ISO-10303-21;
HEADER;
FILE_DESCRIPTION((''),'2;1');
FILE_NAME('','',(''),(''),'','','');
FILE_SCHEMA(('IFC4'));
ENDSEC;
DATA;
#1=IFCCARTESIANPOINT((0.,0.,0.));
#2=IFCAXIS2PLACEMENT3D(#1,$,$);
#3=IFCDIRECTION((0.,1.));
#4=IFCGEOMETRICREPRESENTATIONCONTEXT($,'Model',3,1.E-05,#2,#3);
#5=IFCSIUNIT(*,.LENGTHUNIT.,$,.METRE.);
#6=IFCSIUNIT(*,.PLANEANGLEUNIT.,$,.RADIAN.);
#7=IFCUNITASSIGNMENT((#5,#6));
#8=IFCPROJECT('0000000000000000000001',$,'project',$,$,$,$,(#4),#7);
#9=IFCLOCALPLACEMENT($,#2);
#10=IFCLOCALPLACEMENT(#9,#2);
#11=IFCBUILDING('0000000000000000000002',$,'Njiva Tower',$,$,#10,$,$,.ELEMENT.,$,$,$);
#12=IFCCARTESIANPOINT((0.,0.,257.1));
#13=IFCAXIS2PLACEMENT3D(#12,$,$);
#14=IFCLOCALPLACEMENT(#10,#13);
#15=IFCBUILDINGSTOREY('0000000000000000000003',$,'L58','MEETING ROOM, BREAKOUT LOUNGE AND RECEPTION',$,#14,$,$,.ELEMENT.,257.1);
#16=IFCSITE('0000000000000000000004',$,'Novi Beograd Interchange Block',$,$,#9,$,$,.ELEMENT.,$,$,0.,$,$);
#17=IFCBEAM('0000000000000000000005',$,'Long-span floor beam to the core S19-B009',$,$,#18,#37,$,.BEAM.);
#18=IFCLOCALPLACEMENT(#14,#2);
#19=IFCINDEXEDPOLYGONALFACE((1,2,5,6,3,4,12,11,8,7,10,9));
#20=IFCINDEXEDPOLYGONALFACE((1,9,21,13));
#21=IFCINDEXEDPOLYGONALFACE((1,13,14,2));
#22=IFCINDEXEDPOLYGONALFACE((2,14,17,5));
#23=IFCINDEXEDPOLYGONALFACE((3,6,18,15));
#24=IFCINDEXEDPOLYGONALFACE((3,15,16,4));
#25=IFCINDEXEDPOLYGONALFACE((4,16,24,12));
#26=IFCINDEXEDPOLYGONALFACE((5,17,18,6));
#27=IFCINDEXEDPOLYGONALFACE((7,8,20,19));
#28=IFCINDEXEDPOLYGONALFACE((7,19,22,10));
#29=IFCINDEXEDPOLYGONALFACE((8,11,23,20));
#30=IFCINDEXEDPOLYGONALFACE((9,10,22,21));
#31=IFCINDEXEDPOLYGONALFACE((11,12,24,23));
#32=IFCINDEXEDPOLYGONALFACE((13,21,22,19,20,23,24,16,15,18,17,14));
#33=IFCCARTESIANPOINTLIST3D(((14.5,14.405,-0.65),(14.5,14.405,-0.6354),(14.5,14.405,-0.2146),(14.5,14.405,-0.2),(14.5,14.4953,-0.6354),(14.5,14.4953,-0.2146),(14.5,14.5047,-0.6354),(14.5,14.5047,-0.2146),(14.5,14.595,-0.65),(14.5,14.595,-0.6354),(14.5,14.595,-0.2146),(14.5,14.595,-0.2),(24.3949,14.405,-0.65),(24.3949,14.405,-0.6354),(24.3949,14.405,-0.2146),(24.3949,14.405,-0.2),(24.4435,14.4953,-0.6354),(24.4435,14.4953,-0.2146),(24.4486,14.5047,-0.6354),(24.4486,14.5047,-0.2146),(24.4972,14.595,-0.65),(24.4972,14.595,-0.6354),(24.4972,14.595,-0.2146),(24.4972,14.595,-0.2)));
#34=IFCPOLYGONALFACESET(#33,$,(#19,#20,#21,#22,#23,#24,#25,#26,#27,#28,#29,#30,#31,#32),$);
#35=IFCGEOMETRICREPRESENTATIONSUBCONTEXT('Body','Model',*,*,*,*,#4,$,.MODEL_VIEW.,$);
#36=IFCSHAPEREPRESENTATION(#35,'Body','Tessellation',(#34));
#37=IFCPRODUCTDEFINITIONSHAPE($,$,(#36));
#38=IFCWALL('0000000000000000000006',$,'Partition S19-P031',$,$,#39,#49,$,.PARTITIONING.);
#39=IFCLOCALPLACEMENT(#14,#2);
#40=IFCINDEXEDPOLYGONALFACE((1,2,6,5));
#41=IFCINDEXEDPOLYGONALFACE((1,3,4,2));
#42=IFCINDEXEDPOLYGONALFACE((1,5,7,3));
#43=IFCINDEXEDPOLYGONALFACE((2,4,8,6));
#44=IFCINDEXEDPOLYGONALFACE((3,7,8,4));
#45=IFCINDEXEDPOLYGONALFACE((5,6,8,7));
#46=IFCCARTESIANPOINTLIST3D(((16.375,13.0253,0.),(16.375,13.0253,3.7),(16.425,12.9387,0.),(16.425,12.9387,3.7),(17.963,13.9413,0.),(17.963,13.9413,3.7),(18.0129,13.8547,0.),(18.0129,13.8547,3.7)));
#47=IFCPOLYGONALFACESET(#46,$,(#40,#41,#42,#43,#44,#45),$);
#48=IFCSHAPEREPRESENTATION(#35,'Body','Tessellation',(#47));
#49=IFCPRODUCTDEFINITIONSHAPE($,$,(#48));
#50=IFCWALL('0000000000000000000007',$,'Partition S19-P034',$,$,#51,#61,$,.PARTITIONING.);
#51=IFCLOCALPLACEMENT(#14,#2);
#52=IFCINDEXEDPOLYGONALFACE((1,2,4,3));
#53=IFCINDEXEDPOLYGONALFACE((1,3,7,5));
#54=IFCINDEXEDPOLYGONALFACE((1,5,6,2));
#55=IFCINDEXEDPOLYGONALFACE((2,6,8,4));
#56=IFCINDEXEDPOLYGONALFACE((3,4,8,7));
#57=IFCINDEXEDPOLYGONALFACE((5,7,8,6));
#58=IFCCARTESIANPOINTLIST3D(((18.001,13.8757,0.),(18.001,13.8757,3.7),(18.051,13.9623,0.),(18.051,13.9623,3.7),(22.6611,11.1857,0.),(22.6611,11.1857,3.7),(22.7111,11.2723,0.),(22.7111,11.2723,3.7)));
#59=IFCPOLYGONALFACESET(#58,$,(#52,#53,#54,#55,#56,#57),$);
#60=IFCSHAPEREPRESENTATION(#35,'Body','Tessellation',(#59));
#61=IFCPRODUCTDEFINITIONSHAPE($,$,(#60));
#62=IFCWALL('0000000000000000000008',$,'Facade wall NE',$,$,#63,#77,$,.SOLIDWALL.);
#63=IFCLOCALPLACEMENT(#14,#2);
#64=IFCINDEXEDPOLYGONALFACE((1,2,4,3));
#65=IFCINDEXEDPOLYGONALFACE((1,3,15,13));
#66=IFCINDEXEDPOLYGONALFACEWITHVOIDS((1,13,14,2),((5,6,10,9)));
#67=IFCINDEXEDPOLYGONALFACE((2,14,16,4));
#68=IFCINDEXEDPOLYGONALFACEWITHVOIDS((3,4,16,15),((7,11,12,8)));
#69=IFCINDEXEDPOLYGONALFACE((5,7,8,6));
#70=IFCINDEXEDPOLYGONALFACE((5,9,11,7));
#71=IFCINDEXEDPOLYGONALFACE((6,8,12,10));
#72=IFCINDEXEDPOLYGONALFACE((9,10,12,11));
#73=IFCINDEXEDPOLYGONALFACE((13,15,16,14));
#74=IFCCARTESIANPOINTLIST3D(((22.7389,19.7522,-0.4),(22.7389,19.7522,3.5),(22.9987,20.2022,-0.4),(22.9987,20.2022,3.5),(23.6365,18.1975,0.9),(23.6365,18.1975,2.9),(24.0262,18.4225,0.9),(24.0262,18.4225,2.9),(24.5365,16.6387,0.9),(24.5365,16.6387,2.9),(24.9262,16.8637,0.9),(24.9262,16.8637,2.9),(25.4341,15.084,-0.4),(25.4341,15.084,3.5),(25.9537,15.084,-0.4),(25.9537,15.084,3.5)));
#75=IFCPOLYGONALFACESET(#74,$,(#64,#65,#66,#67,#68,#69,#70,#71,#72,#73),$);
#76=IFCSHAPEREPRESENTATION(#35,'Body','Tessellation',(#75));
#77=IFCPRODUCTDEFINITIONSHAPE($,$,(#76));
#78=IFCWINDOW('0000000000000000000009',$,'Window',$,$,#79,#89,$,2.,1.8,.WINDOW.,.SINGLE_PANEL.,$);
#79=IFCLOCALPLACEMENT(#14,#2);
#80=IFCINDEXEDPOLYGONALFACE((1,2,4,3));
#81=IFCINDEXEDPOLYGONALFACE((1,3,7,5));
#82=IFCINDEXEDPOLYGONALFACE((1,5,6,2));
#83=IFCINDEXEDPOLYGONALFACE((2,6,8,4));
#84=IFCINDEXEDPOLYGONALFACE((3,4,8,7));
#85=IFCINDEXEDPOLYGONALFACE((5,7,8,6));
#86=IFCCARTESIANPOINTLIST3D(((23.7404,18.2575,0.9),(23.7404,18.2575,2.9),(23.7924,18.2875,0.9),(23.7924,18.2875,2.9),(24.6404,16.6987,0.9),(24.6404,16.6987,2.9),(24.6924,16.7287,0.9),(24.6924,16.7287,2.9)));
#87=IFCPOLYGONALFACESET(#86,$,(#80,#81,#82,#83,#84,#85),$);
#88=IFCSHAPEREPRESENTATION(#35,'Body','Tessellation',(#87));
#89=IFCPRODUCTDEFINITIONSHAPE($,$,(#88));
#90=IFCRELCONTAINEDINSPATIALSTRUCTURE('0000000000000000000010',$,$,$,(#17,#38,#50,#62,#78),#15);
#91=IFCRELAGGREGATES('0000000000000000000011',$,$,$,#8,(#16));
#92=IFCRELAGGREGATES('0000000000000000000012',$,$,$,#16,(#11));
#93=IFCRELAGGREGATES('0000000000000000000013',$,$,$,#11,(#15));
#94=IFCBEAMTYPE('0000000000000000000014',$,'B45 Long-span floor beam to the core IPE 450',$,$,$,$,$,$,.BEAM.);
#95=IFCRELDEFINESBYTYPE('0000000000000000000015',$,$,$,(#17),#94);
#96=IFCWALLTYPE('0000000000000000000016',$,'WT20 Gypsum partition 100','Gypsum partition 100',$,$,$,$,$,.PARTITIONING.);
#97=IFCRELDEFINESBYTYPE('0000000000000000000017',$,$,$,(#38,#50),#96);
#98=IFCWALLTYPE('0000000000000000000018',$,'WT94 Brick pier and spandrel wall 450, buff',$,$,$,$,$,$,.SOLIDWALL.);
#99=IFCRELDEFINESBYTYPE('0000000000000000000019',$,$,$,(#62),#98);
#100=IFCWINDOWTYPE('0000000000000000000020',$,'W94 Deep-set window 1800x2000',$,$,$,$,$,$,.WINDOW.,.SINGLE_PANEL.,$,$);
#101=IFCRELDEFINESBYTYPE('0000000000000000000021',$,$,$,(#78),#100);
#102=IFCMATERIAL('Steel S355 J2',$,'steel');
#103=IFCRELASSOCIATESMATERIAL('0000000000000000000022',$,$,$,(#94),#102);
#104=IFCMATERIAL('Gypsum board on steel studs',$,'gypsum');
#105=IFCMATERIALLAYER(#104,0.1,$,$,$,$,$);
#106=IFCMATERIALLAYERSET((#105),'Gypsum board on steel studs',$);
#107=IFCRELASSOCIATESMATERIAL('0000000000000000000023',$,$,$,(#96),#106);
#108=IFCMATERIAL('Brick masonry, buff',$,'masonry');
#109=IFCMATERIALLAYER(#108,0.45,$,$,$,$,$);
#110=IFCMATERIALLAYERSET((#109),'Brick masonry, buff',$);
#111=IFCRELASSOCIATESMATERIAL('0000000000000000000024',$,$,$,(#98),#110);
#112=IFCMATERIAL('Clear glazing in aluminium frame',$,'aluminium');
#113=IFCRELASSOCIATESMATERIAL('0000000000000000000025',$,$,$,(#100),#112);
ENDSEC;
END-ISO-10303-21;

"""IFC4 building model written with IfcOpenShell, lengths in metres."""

from ifc_helpers import new_model, si_unit, direction, frame, frame_2d, origin, origin_2d, place, context, subcontext, project, spatial, polyline, rectangle, i_section, outline, extrude, clip, halfspace, material, layer, layer_set, material_profile, profile_set, type_object, element, fill, save


model = new_model("IFC4")

# Units and contexts
model_context = context("Model", 3, precision=1e-05, world=origin(), true_north=direction((0.0, 1.0)))
body_context = subcontext(model_context, "Body", "Model", "MODEL_VIEW")
ifc_project = project(units=[si_unit("LENGTHUNIT", "METRE"), si_unit("PLANEANGLEUNIT", "RADIAN")], contexts=[model_context])

# Site, building, storey
site_placement = place(None, origin())
site = spatial("IfcSite", under=ifc_project, at=site_placement, Name="Novi Beograd Interchange Block", CompositionType="ELEMENT", RefElevation=0.0)
building_placement = place(site_placement, origin())
building = spatial("IfcBuilding", under=site, at=building_placement, Name="Njiva Tower", CompositionType="ELEMENT")
storey_placement = place(building_placement, frame((0.0, 0.0, 257.1)))
storey = spatial("IfcBuildingStorey", under=building, at=storey_placement, Name="L58", Description="MEETING ROOM, BREAKOUT LOUNGE AND RECEPTION", CompositionType="ELEMENT", Elevation=257.1)

# Shared definitions
ifc_material_1 = material(Name="Steel S355 J2", Category="steel")

# Beam
ifc_material_profile_1 = material_profile(ifc_material_1, i_section(OverallWidth=0.19, OverallDepth=0.45, WebThickness=0.0094, FlangeThickness=0.0146, at=origin_2d()), Name="IPE 450")
ifc_profile_set_1 = profile_set([ifc_material_profile_1], Name="Steel S355 J2")
beam_type_1 = type_object("IfcBeamType", Name="B45 Long-span floor beam to the core IPE 450", PredefinedType="BEAM", material=ifc_profile_set_1)
beam_1_placement = place(storey_placement, frame((14.5, 14.5, -0.425), z_axis=(1.0, 0.0, 0.0), x_axis=(0.0, 1.0, 0.0)))
element("IfcBeam", 1, at=beam_1_placement, inside=storey, type_object=beam_type_1, Name="Long-span floor beam to the core S19-B009", PredefinedType="BEAM", context=body_context, shape_type="Clipping", body=[
    clip(extrude(i_section(OverallWidth=0.19, OverallDepth=0.45, WebThickness=0.0094, FlangeThickness=0.0146, at=origin_2d()), origin(), (0.0, 0.0, 1.0), 10.017), halfspace(frame((-0.0237, 0.0, 9.9333), z_axis=(-0.473762, 0.0, 0.880653), x_axis=(0.0, 1.0, 0.0)), False)),
])

# Walls
ifc_material_2 = material(Name="Gypsum board on steel studs", Category="gypsum")
ifc_layer_1 = layer(ifc_material_2, 0.1)
ifc_layer_set_1 = layer_set([ifc_layer_1], Name="Gypsum board on steel studs")
wall_type_1 = type_object("IfcWallType", Name="WT20 Gypsum partition 100", Description="Gypsum partition 100", PredefinedType="PARTITIONING", material=ifc_layer_set_1)
wall_1_placement = place(storey_placement, frame((16.4, 12.982, 0.0), z_axis=(0.0, 0.0, 1.0), x_axis=(0.866222, 0.499659, 0.0)))
element("IfcWall", 2, at=wall_1_placement, inside=storey, type_object=wall_type_1, Name="Partition S19-P031", PredefinedType="PARTITIONING", context=body_context, shape_type="SweptSolid", body=[
    extrude(rectangle(XDim=1.8332, YDim=0.1, at=frame_2d((0.9166, 0.0))), origin(), (0.0, 0.0, 1.0), 3.7),
])
wall_2_placement = place(storey_placement, frame((18.026, 13.919, 0.0), z_axis=(0.0, 0.0, 1.0), x_axis=(0.866062, -0.499937, 0.0)))
element("IfcWall", 3, at=wall_2_placement, inside=storey, type_object=wall_type_1, Name="Partition S19-P034", PredefinedType="PARTITIONING", context=body_context, shape_type="SweptSolid", body=[
    extrude(rectangle(XDim=5.3807, YDim=0.1, at=frame_2d((2.6904, 0.0))), origin(), (0.0, 0.0, 1.0), 3.7),
])

# Shared definitions
ifc_material_3 = material(Name="Clear glazing in aluminium frame", Category="aluminium")

# Wall, opening, window
ifc_material_4 = material(Name="Brick masonry, buff", Category="masonry")
ifc_layer_2 = layer(ifc_material_4, 0.45)
ifc_layer_set_2 = layer_set([ifc_layer_2], Name="Brick masonry, buff")
wall_type_2 = type_object("IfcWallType", Name="WT94 Brick pier and spandrel wall 450, buff", PredefinedType="SOLIDWALL", material=ifc_layer_set_2)
wall_3_placement = place(storey_placement, frame((25.6939, 15.084, -0.4), z_axis=(0.0, 0.0, 1.0), x_axis=(-0.500001, 0.866025, 0.0)))
wall_3 = element("IfcWall", 4, at=wall_3_placement, inside=storey, type_object=wall_type_2, Name="Facade wall NE", PredefinedType="SOLIDWALL", context=body_context, shape_type="SweptSolid", body=[
    extrude(outline(polyline([(-0.1299, -0.225), (5.7801, -0.225), (5.5203, 0.225), (0.1299, 0.225), (-0.1299, -0.225)])), origin(), (0.0, 0.0, 1.0), 3.9),
])
opening_1_placement = place(wall_3_placement, frame((1.9251, 0.0, 1.3)))
opening_1 = element("IfcOpeningElement", 5, at=opening_1_placement, cuts=wall_3, PredefinedType="OPENING", context=body_context, shape_type="SweptSolid", body=[
    extrude(rectangle(XDim=1.8, YDim=2.0, at=frame_2d((0.9, 1.0))), frame((0.0, 0.235, 0.0), z_axis=(0.0, -1.0, 0.0), x_axis=(1.0, 0.0, 0.0)), (0.0, 0.0, 1.0), 0.47),
])
window_type_1 = type_object("IfcWindowType", Name="W94 Deep-set window 1800x2000", PartitioningType="SINGLE_PANEL", PredefinedType="WINDOW", material=ifc_material_3)
window_1_placement = place(opening_1_placement, origin())
window_1 = element("IfcWindow", 6, at=window_1_placement, inside=storey, type_object=window_type_1, Name="Window", OverallHeight=2.0, OverallWidth=1.8, PartitioningType="SINGLE_PANEL", PredefinedType="WINDOW", context=body_context, shape_type="SweptSolid", body=[
    extrude(rectangle(XDim=1.8, YDim=2.0, at=frame_2d((0.9, 1.0))), frame((0.0, 0.105, 0.0), z_axis=(0.0, -1.0, 0.0), x_axis=(1.0, 0.0, 0.0)), (0.0, 0.0, 1.0), 0.06),
])
fill(opening_1, window_1)

save(model, "model.ifc")
